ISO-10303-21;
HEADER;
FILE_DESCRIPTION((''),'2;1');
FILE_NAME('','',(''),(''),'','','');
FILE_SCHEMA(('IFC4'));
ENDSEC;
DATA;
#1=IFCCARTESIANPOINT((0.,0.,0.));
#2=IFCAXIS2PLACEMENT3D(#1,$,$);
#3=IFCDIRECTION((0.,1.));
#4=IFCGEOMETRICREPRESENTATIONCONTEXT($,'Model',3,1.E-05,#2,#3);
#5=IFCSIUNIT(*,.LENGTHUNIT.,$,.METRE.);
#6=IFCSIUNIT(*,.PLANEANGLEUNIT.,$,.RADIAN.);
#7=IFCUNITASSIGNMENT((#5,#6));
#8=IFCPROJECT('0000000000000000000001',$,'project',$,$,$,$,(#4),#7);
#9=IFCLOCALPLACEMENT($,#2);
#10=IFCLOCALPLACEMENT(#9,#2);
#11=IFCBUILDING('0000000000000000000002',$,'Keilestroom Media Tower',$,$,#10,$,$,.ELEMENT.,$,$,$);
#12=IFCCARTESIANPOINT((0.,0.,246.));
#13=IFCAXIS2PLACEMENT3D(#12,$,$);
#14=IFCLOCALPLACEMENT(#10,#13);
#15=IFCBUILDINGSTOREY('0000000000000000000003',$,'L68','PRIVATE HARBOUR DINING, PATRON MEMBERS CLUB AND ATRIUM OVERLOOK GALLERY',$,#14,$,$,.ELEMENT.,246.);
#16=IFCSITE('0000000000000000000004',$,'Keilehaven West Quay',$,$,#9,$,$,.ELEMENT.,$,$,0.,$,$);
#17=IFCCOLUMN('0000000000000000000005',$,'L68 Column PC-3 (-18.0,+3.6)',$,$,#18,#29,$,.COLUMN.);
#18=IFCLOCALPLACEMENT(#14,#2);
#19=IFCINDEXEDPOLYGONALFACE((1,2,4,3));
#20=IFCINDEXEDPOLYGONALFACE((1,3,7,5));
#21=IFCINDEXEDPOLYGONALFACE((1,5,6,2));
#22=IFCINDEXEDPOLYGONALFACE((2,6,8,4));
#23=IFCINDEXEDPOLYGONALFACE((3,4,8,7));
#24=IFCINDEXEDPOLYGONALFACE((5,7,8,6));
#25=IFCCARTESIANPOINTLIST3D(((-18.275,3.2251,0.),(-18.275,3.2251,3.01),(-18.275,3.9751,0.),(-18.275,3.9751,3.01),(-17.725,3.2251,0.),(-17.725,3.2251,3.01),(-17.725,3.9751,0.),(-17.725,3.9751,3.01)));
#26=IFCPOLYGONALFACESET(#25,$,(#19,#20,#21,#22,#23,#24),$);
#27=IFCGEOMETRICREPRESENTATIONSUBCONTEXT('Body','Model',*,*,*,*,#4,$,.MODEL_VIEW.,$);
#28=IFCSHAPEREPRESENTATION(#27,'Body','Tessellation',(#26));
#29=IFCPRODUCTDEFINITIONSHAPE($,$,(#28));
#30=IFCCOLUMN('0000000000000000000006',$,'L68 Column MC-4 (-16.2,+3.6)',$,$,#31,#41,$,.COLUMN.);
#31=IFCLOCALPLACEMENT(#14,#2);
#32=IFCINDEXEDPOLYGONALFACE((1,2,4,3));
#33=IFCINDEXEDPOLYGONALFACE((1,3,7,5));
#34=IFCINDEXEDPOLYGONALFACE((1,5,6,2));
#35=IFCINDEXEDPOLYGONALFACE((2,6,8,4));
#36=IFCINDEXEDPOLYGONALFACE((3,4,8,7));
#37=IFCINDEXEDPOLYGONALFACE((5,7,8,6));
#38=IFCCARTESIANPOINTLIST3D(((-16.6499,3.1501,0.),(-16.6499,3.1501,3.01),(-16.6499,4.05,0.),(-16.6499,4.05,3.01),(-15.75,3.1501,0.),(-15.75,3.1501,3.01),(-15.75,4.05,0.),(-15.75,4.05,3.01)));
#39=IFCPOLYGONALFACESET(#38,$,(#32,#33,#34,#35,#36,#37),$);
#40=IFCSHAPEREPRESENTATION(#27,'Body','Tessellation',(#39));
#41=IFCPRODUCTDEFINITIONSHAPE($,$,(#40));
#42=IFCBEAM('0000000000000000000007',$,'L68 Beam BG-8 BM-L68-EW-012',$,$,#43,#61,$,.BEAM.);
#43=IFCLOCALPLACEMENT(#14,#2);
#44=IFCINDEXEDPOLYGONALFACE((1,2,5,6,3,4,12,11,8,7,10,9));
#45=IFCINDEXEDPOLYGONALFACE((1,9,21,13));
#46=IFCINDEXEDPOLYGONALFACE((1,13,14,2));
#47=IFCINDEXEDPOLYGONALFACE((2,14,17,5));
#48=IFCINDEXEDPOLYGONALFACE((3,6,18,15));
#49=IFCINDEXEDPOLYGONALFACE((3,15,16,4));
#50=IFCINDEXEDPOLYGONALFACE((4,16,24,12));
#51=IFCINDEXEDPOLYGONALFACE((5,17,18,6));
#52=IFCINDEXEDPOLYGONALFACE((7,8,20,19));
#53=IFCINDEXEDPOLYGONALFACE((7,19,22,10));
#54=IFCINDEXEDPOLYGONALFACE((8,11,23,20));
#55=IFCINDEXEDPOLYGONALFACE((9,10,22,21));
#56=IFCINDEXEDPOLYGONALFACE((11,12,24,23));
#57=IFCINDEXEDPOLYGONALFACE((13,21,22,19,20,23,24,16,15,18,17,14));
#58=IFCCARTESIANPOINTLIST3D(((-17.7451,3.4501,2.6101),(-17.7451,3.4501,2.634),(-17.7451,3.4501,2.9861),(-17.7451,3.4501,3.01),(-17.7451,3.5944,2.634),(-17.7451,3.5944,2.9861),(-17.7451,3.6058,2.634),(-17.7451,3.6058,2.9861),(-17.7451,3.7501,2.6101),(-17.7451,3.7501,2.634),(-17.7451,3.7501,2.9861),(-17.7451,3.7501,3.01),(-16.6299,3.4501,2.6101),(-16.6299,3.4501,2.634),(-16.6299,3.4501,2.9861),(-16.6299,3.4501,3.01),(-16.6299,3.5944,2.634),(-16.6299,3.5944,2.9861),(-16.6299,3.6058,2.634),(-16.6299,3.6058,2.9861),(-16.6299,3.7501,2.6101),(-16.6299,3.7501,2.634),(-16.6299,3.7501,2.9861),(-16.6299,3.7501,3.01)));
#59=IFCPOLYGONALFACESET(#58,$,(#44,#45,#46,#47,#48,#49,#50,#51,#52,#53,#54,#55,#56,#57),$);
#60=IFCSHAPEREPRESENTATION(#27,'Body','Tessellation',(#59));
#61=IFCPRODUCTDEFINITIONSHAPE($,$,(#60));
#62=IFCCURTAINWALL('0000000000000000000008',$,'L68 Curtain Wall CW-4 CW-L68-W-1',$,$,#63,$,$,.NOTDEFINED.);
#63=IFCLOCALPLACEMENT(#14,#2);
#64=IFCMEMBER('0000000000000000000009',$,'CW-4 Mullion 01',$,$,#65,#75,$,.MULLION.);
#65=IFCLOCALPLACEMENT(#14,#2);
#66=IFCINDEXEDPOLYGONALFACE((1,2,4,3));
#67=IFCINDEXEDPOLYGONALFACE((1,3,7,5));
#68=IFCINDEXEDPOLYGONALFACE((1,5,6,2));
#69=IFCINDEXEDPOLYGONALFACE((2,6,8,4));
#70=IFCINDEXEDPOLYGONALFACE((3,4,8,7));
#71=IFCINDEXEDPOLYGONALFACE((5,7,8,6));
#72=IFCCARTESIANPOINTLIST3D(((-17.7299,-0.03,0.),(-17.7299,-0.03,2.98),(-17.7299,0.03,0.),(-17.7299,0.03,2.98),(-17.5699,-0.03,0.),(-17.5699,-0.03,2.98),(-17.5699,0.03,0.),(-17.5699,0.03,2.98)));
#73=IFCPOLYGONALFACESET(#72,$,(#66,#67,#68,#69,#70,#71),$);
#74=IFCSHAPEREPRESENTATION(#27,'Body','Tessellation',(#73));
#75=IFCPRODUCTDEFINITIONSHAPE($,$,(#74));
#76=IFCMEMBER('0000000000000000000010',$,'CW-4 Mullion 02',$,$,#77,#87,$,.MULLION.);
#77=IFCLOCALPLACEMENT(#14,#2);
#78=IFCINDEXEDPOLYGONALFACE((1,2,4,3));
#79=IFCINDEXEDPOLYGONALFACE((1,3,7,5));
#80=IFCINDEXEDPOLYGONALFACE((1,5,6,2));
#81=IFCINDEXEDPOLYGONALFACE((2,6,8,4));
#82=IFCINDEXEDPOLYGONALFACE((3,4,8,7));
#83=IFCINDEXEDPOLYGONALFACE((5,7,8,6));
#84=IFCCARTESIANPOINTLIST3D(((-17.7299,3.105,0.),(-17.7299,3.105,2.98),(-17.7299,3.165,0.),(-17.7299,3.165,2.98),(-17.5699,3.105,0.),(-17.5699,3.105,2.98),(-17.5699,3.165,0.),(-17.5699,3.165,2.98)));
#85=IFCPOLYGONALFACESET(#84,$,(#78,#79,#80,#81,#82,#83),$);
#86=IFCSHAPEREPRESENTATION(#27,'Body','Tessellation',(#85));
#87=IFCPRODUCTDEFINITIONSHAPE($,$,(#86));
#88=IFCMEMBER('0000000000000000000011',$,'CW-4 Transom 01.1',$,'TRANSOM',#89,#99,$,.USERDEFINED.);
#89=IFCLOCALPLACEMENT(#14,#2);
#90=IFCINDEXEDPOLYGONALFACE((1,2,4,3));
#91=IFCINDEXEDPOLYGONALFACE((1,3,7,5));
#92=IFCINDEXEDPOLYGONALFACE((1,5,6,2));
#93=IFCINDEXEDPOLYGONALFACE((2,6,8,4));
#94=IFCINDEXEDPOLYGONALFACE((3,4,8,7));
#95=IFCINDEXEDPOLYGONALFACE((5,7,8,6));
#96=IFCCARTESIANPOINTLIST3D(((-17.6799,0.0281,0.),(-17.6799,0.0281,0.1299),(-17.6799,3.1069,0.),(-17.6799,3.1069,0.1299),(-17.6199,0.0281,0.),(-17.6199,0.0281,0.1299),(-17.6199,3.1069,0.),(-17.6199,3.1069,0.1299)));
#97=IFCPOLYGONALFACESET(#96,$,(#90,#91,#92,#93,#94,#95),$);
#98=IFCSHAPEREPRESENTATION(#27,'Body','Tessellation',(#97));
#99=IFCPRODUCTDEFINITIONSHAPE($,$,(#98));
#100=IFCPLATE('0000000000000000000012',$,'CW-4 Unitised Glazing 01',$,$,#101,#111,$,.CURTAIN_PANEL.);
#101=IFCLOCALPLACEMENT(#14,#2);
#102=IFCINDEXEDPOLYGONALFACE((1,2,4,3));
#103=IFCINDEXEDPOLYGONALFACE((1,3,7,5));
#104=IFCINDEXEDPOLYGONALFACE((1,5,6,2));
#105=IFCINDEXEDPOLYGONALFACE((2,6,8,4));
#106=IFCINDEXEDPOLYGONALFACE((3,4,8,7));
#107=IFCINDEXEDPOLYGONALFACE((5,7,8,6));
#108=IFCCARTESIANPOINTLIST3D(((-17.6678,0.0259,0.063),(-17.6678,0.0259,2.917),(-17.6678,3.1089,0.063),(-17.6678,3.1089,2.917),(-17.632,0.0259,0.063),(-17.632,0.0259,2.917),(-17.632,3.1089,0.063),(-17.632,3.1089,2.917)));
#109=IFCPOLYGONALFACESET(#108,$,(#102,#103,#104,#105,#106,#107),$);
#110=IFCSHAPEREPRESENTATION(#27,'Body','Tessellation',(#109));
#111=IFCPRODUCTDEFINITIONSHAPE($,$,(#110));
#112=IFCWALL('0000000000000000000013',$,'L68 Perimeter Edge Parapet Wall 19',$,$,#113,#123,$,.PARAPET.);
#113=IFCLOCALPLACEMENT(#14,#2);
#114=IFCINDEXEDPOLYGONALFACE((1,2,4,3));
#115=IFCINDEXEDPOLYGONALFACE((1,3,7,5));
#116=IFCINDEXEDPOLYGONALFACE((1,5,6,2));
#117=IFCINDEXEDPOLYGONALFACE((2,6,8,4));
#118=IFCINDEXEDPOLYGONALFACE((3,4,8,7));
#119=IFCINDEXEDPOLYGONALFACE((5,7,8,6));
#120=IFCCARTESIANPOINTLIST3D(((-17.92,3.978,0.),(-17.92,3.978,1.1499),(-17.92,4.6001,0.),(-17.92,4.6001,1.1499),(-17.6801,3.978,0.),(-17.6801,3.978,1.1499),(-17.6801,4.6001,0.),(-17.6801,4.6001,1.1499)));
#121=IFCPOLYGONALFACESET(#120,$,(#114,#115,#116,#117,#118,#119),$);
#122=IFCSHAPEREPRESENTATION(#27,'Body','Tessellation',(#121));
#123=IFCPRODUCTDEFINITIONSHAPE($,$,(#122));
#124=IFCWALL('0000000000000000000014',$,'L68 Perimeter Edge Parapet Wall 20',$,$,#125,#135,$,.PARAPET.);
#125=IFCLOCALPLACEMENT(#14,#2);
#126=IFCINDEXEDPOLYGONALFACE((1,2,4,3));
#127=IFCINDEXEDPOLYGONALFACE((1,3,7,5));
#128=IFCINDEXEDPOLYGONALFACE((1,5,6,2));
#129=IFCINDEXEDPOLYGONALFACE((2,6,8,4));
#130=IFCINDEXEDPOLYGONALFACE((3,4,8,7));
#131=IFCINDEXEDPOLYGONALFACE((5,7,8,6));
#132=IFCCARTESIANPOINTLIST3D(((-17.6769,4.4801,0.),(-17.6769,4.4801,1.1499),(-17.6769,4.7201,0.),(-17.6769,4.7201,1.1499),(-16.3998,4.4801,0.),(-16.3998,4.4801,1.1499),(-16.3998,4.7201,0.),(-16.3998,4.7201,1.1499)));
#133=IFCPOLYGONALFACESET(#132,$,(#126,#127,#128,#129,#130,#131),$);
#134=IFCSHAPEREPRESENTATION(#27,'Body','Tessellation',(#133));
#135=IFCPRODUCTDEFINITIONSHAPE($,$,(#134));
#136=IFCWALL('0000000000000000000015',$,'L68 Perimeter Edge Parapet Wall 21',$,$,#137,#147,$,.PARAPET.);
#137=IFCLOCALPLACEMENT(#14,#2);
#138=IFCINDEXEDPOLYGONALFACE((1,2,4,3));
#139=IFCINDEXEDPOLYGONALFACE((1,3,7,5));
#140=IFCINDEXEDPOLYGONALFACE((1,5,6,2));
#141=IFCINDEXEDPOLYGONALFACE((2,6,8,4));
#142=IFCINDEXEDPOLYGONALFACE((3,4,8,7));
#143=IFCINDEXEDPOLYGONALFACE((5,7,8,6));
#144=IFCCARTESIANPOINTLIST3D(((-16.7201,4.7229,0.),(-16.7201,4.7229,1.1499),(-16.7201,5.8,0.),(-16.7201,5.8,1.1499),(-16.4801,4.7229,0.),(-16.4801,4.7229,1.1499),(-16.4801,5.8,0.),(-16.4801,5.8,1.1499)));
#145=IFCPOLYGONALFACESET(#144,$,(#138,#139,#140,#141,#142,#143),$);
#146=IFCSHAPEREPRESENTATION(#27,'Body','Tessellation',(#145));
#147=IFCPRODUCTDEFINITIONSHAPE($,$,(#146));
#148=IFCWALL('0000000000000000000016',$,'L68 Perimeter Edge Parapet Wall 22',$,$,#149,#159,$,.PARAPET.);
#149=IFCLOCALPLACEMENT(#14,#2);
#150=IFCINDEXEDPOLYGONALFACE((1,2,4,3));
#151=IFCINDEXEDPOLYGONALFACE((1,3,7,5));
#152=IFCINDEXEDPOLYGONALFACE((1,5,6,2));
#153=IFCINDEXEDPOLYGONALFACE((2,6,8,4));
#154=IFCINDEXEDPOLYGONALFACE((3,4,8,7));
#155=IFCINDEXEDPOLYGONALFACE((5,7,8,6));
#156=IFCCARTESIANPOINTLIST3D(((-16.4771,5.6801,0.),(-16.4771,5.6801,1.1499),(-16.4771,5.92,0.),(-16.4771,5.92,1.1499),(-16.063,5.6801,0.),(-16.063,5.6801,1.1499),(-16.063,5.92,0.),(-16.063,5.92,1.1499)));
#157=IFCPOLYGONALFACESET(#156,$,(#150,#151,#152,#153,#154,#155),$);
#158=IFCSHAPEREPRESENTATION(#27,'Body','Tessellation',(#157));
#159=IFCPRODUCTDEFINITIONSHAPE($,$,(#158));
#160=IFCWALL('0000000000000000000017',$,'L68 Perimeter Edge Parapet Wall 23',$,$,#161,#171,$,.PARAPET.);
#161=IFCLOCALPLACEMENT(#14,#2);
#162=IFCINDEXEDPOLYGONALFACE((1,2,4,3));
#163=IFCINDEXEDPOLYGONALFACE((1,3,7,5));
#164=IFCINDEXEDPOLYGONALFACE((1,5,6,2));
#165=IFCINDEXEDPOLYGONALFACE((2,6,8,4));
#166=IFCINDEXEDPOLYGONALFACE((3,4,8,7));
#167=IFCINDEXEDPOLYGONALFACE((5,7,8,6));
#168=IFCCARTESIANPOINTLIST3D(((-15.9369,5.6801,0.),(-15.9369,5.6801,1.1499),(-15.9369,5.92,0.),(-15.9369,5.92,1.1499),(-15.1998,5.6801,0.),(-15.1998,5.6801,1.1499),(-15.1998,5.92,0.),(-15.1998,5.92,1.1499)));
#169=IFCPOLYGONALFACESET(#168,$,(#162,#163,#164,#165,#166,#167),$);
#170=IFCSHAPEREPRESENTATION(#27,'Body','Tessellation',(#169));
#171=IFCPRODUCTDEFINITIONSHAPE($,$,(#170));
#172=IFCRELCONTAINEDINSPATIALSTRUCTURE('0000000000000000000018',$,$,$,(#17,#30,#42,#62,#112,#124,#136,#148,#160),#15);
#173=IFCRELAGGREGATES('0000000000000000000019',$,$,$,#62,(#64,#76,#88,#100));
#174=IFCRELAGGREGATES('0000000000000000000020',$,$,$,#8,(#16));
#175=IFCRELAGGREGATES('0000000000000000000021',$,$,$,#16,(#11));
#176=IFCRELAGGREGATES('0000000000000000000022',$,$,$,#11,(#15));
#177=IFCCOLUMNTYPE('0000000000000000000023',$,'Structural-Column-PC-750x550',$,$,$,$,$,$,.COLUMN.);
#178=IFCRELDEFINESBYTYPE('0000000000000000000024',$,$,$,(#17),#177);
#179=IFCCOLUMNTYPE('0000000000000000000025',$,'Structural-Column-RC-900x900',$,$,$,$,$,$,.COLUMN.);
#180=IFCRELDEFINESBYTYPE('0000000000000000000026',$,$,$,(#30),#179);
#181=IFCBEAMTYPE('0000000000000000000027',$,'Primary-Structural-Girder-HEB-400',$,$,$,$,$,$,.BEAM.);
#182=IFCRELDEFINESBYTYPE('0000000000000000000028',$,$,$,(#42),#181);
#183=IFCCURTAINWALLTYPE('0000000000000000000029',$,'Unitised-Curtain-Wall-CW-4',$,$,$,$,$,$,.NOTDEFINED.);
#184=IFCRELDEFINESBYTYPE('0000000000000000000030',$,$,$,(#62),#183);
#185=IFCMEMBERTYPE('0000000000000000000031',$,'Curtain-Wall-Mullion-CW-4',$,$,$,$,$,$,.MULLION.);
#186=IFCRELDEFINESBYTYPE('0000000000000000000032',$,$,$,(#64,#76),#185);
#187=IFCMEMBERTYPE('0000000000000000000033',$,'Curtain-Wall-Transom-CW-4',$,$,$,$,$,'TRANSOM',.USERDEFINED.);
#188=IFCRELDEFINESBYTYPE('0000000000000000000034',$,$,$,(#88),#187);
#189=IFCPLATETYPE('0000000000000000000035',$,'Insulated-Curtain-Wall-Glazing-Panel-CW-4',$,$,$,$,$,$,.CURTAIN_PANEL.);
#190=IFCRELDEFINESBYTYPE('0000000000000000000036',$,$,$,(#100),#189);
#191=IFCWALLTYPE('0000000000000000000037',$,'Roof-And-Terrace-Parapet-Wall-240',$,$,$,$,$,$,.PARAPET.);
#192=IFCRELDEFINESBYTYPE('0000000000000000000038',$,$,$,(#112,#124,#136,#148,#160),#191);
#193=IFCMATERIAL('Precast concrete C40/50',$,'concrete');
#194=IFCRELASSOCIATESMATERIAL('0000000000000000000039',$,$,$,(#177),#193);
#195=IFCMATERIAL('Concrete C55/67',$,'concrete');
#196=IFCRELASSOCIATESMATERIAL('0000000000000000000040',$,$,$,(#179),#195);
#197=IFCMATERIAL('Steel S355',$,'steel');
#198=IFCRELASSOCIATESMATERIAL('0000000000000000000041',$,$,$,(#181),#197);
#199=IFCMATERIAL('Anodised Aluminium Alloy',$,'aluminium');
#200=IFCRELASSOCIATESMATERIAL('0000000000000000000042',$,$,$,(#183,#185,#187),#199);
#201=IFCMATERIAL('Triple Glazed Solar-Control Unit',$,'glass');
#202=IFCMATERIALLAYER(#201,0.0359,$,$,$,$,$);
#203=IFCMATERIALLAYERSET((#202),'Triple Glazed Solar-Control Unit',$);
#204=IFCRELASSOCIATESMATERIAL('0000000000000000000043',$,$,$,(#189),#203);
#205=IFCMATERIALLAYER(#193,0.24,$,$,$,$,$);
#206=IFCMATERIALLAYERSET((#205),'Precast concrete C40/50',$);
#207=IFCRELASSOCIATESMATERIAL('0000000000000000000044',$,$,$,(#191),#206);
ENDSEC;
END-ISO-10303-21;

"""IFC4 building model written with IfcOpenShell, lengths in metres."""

from ifc_helpers import new_model, si_unit, direction, frame, frame_2d, origin, origin_2d, place, context, subcontext, project, spatial, rectangle, i_section, extrude, source, transform, mapped, material, layer, layer_set, material_profile, profile_set, type_object, element, aggregate, save


model = new_model("IFC4")

# Units and contexts
model_context = context("Model", 3, precision=1e-05, world=origin(), true_north=direction((0.0, 1.0)))
body_context = subcontext(model_context, "Body", "Model", "MODEL_VIEW")
ifc_project = project(units=[si_unit("LENGTHUNIT", "METRE"), si_unit("PLANEANGLEUNIT", "RADIAN")], contexts=[model_context])

# Site, building, storey
site_placement = place(None, origin())
site = spatial("IfcSite", under=ifc_project, at=site_placement, Name="Keilehaven West Quay", CompositionType="ELEMENT", RefElevation=0.0)
building_placement = place(site_placement, origin())
building = spatial("IfcBuilding", under=site, at=building_placement, Name="Keilestroom Media Tower", CompositionType="ELEMENT")
storey_placement = place(building_placement, frame((0.0, 0.0, 246.0)))
storey = spatial("IfcBuildingStorey", under=building, at=storey_placement, Name="L68", Description="PRIVATE HARBOUR DINING, PATRON MEMBERS CLUB AND ATRIUM OVERLOOK GALLERY", CompositionType="ELEMENT", Elevation=246.0)

# Columns
ifc_material_1 = material(Name="Precast concrete C40/50", Category="concrete")
ifc_material_profile_1 = material_profile(ifc_material_1, rectangle(XDim=0.55, YDim=0.75, at=origin_2d()), Name="PC 750x550")
ifc_profile_set_1 = profile_set([ifc_material_profile_1], Name="Precast concrete C40/50")
column_type_1 = type_object("IfcColumnType", Name="Structural-Column-PC-750x550", PredefinedType="COLUMN", material=ifc_profile_set_1)
shared_shape_1 = source(origin(), body_context, "Body", "SweptSolid", [
    extrude(rectangle(XDim=0.55, YDim=0.75, at=origin_2d()), origin(), (0.0, 0.0, 1.0), 3.01),
])
column_1_placement = place(storey_placement, frame((-18.0, 3.6001, 0.0), z_axis=(0.0, 0.0, 1.0), x_axis=(1.0, 0.0, 0.0)))
element("IfcColumn", 1, at=column_1_placement, inside=storey, type_object=column_type_1, Name="L68 Column PC-3 (-18.0,+3.6)", PredefinedType="COLUMN", context=body_context, shape_type="MappedRepresentation", body=[
    mapped(shared_shape_1, transform((0.0, 0.0, 0.0), x_axis=(1.0, 0.0, 0.0), y_axis=(0.0, 1.0, 0.0), z_axis=(0.0, 0.0, 1.0), scale=1.0)),
])
ifc_material_2 = material(Name="Concrete C55/67", Category="concrete")
ifc_material_profile_2 = material_profile(ifc_material_2, rectangle(XDim=0.8999, YDim=0.8999, at=origin_2d()), Name="RC 900x900")
ifc_profile_set_2 = profile_set([ifc_material_profile_2], Name="Concrete C55/67")
column_type_2 = type_object("IfcColumnType", Name="Structural-Column-RC-900x900", PredefinedType="COLUMN", material=ifc_profile_set_2)
shared_shape_2 = source(origin(), body_context, "Body", "SweptSolid", [
    extrude(rectangle(XDim=0.8999, YDim=0.8999, at=origin_2d()), origin(), (0.0, 0.0, 1.0), 3.01),
])
column_2_placement = place(storey_placement, frame((-16.2, 3.6001, 0.0), z_axis=(0.0, 0.0, 1.0), x_axis=(1.0, 0.0, 0.0)))
element("IfcColumn", 2, at=column_2_placement, inside=storey, type_object=column_type_2, Name="L68 Column MC-4 (-16.2,+3.6)", PredefinedType="COLUMN", context=body_context, shape_type="MappedRepresentation", body=[
    mapped(shared_shape_2, transform((0.0, 0.0, 0.0), x_axis=(1.0, 0.0, 0.0), y_axis=(0.0, 1.0, 0.0), z_axis=(0.0, 0.0, 1.0), scale=1.0)),
])

# Beam
ifc_material_3 = material(Name="Steel S355", Category="steel")
ifc_material_profile_3 = material_profile(ifc_material_3, i_section(OverallWidth=0.3, OverallDepth=0.3999, WebThickness=0.0115, FlangeThickness=0.0239, at=origin_2d()), Name="HEB 400")
ifc_profile_set_3 = profile_set([ifc_material_profile_3], Name="Steel S355")
beam_type = type_object("IfcBeamType", Name="Primary-Structural-Girder-HEB-400", PredefinedType="BEAM", material=ifc_profile_set_3)
shared_shape_3 = source(origin(), body_context, "Body", "SweptSolid", [
    extrude(i_section(OverallWidth=0.3, OverallDepth=0.3999, WebThickness=0.0115, FlangeThickness=0.0239, at=origin_2d()), origin(), (0.0, 0.0, 1.0), 1.1152),
])
beam_placement = place(storey_placement, frame((-17.7451, 3.6001, 2.8101), z_axis=(1.0, 0.0, 0.0), x_axis=(0.0, 1.0, 0.0)))
element("IfcBeam", 3, at=beam_placement, inside=storey, type_object=beam_type, Name="L68 Beam BG-8 BM-L68-EW-012", PredefinedType="BEAM", context=body_context, shape_type="MappedRepresentation", body=[
    mapped(shared_shape_3, transform((0.0, 0.0, 0.0), x_axis=(1.0, 0.0, 0.0), y_axis=(0.0, 1.0, 0.0), z_axis=(0.0, 0.0, 1.0), scale=1.0)),
])

# Curtain wall, members, plate
ifc_material_4 = material(Name="Anodised Aluminium Alloy", Category="aluminium")
curtain_wall_type = type_object("IfcCurtainWallType", Name="Unitised-Curtain-Wall-CW-4", PredefinedType="NOTDEFINED", material=ifc_material_4)
curtain_wall_placement = place(storey_placement, origin())
curtain_wall = element("IfcCurtainWall", 4, at=curtain_wall_placement, inside=storey, type_object=curtain_wall_type, Name="L68 Curtain Wall CW-4 CW-L68-W-1", PredefinedType="NOTDEFINED")
ifc_material_profile_4 = material_profile(ifc_material_4, rectangle(XDim=0.0601, YDim=0.1599, at=origin_2d()), Name="ALU MULLION 60x160")
ifc_profile_set_4 = profile_set([ifc_material_profile_4], Name="Anodised Aluminium Alloy")
member_type_1 = type_object("IfcMemberType", Name="Curtain-Wall-Mullion-CW-4", PredefinedType="MULLION", material=ifc_profile_set_4)
shared_shape_4 = source(origin(), body_context, "Body", "SweptSolid", [
    extrude(rectangle(XDim=0.0601, YDim=0.1599, at=origin_2d()), origin(), (0.0, 0.0, 1.0), 2.98),
])
member_1_placement = place(storey_placement, frame((-17.6499, 0.0, 0.0), z_axis=(0.0, 0.0, 1.0), x_axis=(0.0, 1.0, 0.0)))
member_1 = element("IfcMember", 5, at=member_1_placement, type_object=member_type_1, Name="CW-4 Mullion 01", PredefinedType="MULLION", context=body_context, shape_type="MappedRepresentation", body=[
    mapped(shared_shape_4, transform((0.0, 0.0, 0.0), x_axis=(1.0, 0.0, 0.0), y_axis=(0.0, 1.0, 0.0), z_axis=(0.0, 0.0, 1.0), scale=1.0)),
])
member_2_placement = place(storey_placement, frame((-17.6499, 3.135, 0.0), z_axis=(0.0, 0.0, 1.0), x_axis=(0.0, 1.0, 0.0)))
member_2 = element("IfcMember", 6, at=member_2_placement, type_object=member_type_1, Name="CW-4 Mullion 02", PredefinedType="MULLION", context=body_context, shape_type="MappedRepresentation", body=[
    mapped(shared_shape_4, transform((0.0, 0.0, 0.0), x_axis=(1.0, 0.0, 0.0), y_axis=(0.0, 1.0, 0.0), z_axis=(0.0, 0.0, 1.0), scale=1.0)),
])
ifc_material_profile_5 = material_profile(ifc_material_4, rectangle(XDim=0.0601, YDim=0.1299, at=origin_2d()), Name="ALU TRANSOM 60x130")
ifc_profile_set_5 = profile_set([ifc_material_profile_5], Name="Anodised Aluminium Alloy")
member_type_2 = type_object("IfcMemberType", Name="Curtain-Wall-Transom-CW-4", ElementType="TRANSOM", PredefinedType="USERDEFINED", material=ifc_profile_set_5)
shared_shape_5 = source(origin(), body_context, "Body", "SweptSolid", [
    extrude(rectangle(XDim=0.0601, YDim=0.1299, at=origin_2d()), origin(), (0.0, 0.0, 1.0), 3.0789),
])
member_3_placement = place(storey_placement, frame((-17.6499, 0.0281, 0.0649), z_axis=(0.0, 1.0, 0.0), x_axis=(-1.0, 0.0, 0.0)))
member_3 = element("IfcMember", 7, at=member_3_placement, type_object=member_type_2, Name="CW-4 Transom 01.1", ObjectType="TRANSOM", PredefinedType="USERDEFINED", context=body_context, shape_type="MappedRepresentation", body=[
    mapped(shared_shape_5, transform((0.0, 0.0, 0.0), x_axis=(1.0, 0.0, 0.0), y_axis=(0.0, 1.0, 0.0), z_axis=(0.0, 0.0, 1.0), scale=1.0)),
])
ifc_material_5 = material(Name="Triple Glazed Solar-Control Unit", Category="glass")
ifc_layer_1 = layer(ifc_material_5, 0.0359)
ifc_layer_set_1 = layer_set([ifc_layer_1], Name="Triple Glazed Solar-Control Unit")
plate_type = type_object("IfcPlateType", Name="Insulated-Curtain-Wall-Glazing-Panel-CW-4", PredefinedType="CURTAIN_PANEL", material=ifc_layer_set_1)
shared_shape_6 = source(origin(), body_context, "Body", "SweptSolid", [
    extrude(rectangle(XDim=3.083, YDim=0.0359, at=origin_2d()), origin(), (0.0, 0.0, 1.0), 2.854),
])
plate_placement = place(storey_placement, frame((-17.6499, 1.5674, 0.063), z_axis=(0.0, 0.0, 1.0), x_axis=(0.0, 1.0, 0.0)))
plate = element("IfcPlate", 8, at=plate_placement, type_object=plate_type, Name="CW-4 Unitised Glazing 01", PredefinedType="CURTAIN_PANEL", context=body_context, shape_type="MappedRepresentation", body=[
    mapped(shared_shape_6, transform((0.0, 0.0, 0.0), x_axis=(1.0, 0.0, 0.0), y_axis=(0.0, 1.0, 0.0), z_axis=(0.0, 0.0, 1.0), scale=1.0)),
])
aggregate(curtain_wall, [member_1, member_2, member_3, plate])

# Walls
ifc_layer_2 = layer(ifc_material_1, 0.24)
ifc_layer_set_2 = layer_set([ifc_layer_2], Name="Precast concrete C40/50")
wall_type = type_object("IfcWallType", Name="Roof-And-Terrace-Parapet-Wall-240", PredefinedType="PARAPET", material=ifc_layer_set_2)
wall_1_placement = place(storey_placement, frame((-17.8, 3.978, 0.0), z_axis=(0.0, 0.0, 1.0), x_axis=(0.0, 1.0, 0.0)))
element("IfcWall", 9, at=wall_1_placement, inside=storey, type_object=wall_type, Name="L68 Perimeter Edge Parapet Wall 19", PredefinedType="PARAPET", context=body_context, shape_type="SweptSolid", body=[
    extrude(rectangle(XDim=0.6221, YDim=0.24, at=frame_2d((0.311, 0.0))), origin(), (0.0, 0.0, 1.0), 1.1499),
])
wall_2_placement = place(storey_placement, frame((-17.677, 4.6001, 0.0), z_axis=(0.0, 0.0, 1.0), x_axis=(1.0, 0.0, 0.0)))
element("IfcWall", 10, at=wall_2_placement, inside=storey, type_object=wall_type, Name="L68 Perimeter Edge Parapet Wall 20", PredefinedType="PARAPET", context=body_context, shape_type="SweptSolid", body=[
    extrude(rectangle(XDim=1.2771, YDim=0.24, at=frame_2d((0.6387, 0.0))), origin(), (0.0, 0.0, 1.0), 1.1499),
])
wall_3_placement = place(storey_placement, frame((-16.6001, 4.7229, 0.0), z_axis=(0.0, 0.0, 1.0), x_axis=(0.0, 1.0, 0.0)))
element("IfcWall", 11, at=wall_3_placement, inside=storey, type_object=wall_type, Name="L68 Perimeter Edge Parapet Wall 21", PredefinedType="PARAPET", context=body_context, shape_type="SweptSolid", body=[
    extrude(rectangle(XDim=1.0771, YDim=0.24, at=frame_2d((0.5386, 0.0))), origin(), (0.0, 0.0, 1.0), 1.1499),
])
wall_4_placement = place(storey_placement, frame((-16.4771, 5.8, 0.0), z_axis=(0.0, 0.0, 1.0), x_axis=(1.0, 0.0, 0.0)))
element("IfcWall", 12, at=wall_4_placement, inside=storey, type_object=wall_type, Name="L68 Perimeter Edge Parapet Wall 22", PredefinedType="PARAPET", context=body_context, shape_type="SweptSolid", body=[
    extrude(rectangle(XDim=0.4141, YDim=0.24, at=frame_2d((0.207, 0.0))), origin(), (0.0, 0.0, 1.0), 1.1499),
])
wall_5_placement = place(storey_placement, frame((-15.937, 5.8, 0.0), z_axis=(0.0, 0.0, 1.0), x_axis=(1.0, 0.0, 0.0)))
element("IfcWall", 13, at=wall_5_placement, inside=storey, type_object=wall_type, Name="L68 Perimeter Edge Parapet Wall 23", PredefinedType="PARAPET", context=body_context, shape_type="SweptSolid", body=[
    extrude(rectangle(XDim=0.7371, YDim=0.24, at=frame_2d((0.3687, 0.0))), origin(), (0.0, 0.0, 1.0), 1.1499),
])

save(model, "model.ifc")
